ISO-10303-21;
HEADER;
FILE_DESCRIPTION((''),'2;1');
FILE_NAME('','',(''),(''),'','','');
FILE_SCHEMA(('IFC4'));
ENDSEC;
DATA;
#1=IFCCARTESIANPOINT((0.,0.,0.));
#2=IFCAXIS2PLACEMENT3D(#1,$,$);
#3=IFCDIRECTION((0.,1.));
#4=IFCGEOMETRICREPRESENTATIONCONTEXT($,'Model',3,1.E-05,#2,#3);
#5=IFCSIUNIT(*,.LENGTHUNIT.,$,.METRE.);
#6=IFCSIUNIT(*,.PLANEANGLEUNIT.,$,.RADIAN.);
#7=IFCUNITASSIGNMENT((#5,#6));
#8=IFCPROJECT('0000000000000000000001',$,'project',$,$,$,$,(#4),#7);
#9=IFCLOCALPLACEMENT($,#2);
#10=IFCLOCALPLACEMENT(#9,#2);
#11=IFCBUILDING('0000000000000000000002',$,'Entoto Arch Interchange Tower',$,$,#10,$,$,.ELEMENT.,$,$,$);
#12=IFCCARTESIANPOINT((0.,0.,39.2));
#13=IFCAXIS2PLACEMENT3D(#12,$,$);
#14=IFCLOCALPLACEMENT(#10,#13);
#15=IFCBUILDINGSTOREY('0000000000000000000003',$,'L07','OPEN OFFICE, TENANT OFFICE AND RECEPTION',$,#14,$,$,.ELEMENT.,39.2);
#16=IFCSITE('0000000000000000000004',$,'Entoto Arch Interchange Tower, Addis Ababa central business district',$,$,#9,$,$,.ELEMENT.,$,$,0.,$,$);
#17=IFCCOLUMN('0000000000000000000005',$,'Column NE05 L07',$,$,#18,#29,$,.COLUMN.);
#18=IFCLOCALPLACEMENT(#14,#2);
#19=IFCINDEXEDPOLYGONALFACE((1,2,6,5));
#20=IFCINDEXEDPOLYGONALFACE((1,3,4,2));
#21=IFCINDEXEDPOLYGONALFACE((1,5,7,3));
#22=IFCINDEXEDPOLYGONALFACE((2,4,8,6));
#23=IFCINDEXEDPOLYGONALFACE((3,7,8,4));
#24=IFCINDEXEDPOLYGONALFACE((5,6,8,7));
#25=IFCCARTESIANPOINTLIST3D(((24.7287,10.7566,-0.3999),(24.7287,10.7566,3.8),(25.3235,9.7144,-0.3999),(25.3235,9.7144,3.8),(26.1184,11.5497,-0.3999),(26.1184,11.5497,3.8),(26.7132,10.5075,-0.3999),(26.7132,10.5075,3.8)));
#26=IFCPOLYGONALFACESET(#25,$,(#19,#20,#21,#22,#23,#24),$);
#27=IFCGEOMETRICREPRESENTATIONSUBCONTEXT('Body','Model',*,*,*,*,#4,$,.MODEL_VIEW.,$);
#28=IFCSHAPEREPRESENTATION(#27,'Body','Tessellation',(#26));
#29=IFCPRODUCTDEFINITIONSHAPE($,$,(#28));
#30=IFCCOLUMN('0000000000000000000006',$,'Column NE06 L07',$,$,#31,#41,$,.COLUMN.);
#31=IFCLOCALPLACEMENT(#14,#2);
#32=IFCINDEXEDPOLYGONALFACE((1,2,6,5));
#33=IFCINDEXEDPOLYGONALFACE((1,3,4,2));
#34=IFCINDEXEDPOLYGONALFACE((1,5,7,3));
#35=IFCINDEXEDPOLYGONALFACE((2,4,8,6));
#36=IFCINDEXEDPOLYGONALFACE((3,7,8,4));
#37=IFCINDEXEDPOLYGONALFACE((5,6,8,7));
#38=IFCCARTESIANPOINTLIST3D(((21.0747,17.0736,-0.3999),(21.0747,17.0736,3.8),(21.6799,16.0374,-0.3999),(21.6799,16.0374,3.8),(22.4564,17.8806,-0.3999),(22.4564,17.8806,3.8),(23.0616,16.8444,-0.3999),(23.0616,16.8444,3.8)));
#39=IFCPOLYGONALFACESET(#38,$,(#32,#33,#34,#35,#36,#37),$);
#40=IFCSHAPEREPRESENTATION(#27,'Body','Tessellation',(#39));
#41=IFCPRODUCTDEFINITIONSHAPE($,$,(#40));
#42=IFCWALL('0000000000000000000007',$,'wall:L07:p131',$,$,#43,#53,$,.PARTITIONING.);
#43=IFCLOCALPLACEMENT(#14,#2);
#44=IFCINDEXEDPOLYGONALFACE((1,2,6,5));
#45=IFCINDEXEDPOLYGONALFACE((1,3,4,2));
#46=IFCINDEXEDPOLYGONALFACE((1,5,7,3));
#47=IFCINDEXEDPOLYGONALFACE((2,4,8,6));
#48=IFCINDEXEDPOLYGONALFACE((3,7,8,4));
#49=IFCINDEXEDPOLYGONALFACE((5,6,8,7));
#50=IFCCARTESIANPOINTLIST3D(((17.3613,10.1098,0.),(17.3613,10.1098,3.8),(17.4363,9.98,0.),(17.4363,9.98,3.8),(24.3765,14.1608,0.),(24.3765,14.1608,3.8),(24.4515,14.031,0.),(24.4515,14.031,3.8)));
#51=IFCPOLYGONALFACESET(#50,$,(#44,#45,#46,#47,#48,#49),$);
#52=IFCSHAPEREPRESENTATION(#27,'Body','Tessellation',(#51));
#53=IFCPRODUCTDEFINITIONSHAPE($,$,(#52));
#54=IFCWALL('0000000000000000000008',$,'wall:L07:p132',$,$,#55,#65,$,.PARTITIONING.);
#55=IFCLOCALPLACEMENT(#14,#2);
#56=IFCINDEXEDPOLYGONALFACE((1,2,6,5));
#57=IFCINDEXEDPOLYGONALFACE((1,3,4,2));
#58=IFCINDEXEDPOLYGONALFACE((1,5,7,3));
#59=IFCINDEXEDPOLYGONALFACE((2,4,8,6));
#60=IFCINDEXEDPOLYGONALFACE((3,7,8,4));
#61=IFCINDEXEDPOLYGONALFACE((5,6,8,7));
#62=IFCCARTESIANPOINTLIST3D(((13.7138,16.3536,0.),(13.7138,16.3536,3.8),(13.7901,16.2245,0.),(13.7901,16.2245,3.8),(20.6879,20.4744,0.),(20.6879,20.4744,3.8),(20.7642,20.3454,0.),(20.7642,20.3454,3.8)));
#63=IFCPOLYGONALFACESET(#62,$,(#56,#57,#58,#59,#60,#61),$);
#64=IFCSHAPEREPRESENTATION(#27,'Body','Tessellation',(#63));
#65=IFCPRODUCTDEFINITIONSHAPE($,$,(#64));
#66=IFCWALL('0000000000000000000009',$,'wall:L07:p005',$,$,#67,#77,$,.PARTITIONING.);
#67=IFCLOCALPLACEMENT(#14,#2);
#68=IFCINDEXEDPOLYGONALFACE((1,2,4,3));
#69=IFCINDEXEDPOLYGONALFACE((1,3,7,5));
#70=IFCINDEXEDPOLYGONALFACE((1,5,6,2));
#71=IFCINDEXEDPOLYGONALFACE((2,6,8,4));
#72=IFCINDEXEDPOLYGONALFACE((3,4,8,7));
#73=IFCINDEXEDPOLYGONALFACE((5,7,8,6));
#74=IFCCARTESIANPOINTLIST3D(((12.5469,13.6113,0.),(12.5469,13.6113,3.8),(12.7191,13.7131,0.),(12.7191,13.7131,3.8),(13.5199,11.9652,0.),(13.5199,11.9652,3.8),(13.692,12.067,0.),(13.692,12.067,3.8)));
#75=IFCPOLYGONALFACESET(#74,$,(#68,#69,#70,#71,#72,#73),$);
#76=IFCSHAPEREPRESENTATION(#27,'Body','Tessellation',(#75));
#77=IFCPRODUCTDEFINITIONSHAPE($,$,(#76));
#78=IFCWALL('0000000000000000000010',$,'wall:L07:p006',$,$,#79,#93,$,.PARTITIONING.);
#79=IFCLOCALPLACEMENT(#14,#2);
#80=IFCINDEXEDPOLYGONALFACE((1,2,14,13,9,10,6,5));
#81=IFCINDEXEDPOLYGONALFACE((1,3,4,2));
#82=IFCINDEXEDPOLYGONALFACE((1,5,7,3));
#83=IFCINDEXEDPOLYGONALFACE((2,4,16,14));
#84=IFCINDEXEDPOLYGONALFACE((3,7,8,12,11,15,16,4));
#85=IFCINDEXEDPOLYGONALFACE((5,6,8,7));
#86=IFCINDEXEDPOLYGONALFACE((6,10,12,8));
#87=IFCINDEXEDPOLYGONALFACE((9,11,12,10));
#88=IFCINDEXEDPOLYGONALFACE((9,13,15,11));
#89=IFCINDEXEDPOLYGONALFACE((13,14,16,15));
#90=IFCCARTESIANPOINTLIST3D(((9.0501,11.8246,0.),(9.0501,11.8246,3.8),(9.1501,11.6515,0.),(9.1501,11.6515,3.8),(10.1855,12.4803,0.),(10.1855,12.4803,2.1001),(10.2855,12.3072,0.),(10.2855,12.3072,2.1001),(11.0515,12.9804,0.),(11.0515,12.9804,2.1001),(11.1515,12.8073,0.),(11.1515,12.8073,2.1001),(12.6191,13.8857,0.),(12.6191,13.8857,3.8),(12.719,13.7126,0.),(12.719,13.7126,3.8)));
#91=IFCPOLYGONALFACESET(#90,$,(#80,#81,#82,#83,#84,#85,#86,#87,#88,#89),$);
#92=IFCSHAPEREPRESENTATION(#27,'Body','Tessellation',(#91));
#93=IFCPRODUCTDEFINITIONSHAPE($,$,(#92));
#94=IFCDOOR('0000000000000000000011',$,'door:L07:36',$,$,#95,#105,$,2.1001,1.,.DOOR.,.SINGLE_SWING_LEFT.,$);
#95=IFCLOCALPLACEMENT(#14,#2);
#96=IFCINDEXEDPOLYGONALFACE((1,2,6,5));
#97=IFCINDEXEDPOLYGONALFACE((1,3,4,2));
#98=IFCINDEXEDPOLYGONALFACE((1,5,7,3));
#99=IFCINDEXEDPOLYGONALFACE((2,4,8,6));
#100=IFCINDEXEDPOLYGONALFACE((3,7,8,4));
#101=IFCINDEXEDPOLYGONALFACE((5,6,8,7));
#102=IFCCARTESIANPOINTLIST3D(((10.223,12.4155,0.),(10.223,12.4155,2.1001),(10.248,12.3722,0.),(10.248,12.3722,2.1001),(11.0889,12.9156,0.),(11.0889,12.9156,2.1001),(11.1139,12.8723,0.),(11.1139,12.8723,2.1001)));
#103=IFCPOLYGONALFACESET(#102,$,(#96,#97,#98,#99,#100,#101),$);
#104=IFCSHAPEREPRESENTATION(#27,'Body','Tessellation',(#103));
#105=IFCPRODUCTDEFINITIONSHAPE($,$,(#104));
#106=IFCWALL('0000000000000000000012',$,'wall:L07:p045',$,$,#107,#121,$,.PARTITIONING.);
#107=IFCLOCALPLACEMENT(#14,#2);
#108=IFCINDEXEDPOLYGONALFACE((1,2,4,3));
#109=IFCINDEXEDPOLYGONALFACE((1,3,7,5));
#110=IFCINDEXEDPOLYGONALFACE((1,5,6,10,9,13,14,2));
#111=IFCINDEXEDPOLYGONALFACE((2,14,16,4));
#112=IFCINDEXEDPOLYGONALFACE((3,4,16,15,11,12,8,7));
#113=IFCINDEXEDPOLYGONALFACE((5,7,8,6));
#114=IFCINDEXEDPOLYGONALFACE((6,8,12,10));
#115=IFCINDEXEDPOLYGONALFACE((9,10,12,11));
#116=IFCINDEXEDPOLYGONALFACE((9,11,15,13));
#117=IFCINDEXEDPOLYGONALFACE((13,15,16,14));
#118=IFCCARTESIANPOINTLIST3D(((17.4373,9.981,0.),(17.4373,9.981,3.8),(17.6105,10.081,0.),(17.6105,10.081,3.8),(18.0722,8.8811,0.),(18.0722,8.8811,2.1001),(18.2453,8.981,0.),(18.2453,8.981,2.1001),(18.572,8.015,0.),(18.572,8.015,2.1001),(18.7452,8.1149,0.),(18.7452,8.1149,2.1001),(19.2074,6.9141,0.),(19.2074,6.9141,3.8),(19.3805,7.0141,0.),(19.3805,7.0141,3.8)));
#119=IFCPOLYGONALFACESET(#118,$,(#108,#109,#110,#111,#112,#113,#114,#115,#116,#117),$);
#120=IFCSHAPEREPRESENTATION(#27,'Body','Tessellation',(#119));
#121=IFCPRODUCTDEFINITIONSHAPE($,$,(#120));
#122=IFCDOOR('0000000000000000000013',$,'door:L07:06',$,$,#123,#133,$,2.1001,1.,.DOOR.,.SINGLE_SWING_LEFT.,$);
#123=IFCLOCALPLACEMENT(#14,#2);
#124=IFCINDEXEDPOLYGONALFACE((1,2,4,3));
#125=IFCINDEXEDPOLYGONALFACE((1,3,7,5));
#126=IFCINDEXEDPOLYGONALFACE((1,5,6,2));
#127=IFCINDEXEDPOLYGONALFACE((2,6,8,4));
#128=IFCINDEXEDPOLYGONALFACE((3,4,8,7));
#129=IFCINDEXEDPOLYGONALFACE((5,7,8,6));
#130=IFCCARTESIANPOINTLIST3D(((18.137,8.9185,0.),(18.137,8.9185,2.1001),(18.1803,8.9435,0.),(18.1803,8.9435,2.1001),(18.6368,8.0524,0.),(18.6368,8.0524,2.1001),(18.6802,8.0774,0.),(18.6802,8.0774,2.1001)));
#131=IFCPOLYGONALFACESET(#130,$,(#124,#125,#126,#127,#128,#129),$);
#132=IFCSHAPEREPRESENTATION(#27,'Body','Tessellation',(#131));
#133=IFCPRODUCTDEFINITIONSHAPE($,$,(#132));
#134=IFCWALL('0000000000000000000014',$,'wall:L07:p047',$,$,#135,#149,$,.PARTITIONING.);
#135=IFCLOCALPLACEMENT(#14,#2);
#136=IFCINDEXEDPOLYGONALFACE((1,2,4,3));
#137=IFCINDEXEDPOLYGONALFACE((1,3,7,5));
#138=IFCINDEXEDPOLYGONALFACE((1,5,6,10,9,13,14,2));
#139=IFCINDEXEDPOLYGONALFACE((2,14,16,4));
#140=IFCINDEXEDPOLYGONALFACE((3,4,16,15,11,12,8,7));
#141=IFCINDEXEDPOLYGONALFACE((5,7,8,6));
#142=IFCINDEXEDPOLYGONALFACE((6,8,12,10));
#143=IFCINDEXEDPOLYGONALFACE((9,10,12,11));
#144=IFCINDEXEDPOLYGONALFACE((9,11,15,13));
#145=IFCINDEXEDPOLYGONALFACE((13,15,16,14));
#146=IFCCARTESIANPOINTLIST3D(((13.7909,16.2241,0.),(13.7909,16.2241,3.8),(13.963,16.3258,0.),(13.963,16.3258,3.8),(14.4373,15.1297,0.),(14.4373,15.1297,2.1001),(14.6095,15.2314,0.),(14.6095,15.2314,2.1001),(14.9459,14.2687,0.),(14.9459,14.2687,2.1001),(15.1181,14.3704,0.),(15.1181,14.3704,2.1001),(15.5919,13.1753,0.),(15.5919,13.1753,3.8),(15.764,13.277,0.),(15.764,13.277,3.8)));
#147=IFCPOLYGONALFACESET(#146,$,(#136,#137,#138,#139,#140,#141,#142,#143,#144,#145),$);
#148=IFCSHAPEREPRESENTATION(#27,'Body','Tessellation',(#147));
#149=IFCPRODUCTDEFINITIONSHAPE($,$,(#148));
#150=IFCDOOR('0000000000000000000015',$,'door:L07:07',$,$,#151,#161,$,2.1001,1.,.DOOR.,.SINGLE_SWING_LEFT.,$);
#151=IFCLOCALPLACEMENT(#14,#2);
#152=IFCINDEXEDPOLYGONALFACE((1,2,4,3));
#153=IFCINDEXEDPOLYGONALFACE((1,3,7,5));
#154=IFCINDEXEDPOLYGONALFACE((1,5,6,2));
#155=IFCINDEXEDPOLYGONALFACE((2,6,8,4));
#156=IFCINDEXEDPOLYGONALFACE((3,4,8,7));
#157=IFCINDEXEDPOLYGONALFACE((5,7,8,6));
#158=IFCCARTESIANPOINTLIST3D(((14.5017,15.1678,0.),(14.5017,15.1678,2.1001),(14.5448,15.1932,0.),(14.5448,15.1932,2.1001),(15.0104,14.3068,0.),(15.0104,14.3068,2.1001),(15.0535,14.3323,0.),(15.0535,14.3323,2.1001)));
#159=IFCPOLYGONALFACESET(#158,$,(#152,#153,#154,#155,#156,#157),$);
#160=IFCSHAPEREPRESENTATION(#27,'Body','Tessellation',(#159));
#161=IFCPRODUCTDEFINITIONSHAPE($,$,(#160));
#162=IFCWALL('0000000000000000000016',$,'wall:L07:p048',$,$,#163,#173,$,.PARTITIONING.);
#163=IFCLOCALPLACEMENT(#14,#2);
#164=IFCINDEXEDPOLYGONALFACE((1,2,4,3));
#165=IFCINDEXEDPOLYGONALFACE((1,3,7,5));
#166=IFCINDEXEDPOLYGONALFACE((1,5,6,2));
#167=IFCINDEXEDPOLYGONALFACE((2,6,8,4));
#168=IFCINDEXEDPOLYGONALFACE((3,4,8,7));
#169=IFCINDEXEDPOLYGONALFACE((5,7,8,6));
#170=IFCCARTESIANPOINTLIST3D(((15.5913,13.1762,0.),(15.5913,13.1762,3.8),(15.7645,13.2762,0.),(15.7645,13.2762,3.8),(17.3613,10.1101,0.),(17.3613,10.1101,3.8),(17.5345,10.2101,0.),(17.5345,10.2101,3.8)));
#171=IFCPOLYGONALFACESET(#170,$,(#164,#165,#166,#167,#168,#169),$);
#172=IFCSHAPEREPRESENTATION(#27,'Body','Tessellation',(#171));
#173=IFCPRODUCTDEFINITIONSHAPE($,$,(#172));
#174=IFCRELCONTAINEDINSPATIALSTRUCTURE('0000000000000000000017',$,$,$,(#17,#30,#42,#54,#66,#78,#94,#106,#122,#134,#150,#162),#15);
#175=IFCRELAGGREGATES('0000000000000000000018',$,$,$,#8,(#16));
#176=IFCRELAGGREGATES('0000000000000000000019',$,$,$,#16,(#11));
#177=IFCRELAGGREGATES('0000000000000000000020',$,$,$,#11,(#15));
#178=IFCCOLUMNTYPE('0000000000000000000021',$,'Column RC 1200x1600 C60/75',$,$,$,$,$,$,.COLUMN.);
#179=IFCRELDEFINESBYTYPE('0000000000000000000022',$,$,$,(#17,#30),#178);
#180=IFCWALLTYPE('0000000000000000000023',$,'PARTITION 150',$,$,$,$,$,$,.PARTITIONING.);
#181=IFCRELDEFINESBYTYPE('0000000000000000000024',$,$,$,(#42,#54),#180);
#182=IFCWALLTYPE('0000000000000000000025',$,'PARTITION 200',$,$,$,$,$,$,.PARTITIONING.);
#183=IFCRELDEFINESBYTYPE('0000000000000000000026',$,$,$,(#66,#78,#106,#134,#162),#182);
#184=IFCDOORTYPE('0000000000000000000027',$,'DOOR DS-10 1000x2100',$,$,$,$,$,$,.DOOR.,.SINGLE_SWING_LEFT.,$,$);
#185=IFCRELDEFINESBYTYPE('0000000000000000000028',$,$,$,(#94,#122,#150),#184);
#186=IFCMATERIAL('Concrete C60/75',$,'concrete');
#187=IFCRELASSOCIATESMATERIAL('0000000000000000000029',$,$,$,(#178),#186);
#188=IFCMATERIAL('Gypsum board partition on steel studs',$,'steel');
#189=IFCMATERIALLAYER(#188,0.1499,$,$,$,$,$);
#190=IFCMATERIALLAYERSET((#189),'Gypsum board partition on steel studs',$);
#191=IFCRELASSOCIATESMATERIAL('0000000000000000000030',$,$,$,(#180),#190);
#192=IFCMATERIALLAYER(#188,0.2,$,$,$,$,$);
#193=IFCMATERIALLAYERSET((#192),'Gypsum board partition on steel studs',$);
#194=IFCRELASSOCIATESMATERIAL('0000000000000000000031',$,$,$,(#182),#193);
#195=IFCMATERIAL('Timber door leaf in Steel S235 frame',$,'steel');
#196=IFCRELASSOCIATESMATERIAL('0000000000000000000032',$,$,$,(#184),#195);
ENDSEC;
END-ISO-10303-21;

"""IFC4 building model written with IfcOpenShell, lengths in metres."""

from ifc_helpers import new_model, si_unit, direction, frame, frame_2d, origin, origin_2d, place, context, subcontext, project, spatial, rectangle, extrude, material, layer, layer_set, material_profile, profile_set, type_object, element, fill, save


model = new_model("IFC4")

# Units and contexts
model_context = context("Model", 3, precision=1e-05, world=origin(), true_north=direction((0.0, 1.0)))
body_context = subcontext(model_context, "Body", "Model", "MODEL_VIEW")
ifc_project = project(units=[si_unit("LENGTHUNIT", "METRE"), si_unit("PLANEANGLEUNIT", "RADIAN")], contexts=[model_context])

# Site, building, storey
site_placement = place(None, origin())
site = spatial("IfcSite", under=ifc_project, at=site_placement, Name="Entoto Arch Interchange Tower, Addis Ababa central business district", CompositionType="ELEMENT", RefElevation=0.0)
building_placement = place(site_placement, origin())
building = spatial("IfcBuilding", under=site, at=building_placement, Name="Entoto Arch Interchange Tower", CompositionType="ELEMENT")
storey_placement = place(building_placement, frame((0.0, 0.0, 39.2)))
storey = spatial("IfcBuildingStorey", under=building, at=storey_placement, Name="L07", Description="OPEN OFFICE, TENANT OFFICE AND RECEPTION", CompositionType="ELEMENT", Elevation=39.2)

# Columns
ifc_material_1 = material(Name="Concrete C60/75", Category="concrete")
ifc_material_profile = material_profile(ifc_material_1, rectangle(XDim=1.2, YDim=1.6001, at=origin_2d()))
ifc_profile_set = profile_set([ifc_material_profile], Name="Concrete C60/75")
column_type = type_object("IfcColumnType", Name="Column RC 1200x1600 C60/75", PredefinedType="COLUMN", material=ifc_profile_set)
for number, where, z_axis, x_axis, name in (
    (1, (25.7209, 10.6321, -0.3999), (0.0, 0.0, 1.0), (-0.495656, 0.868519, 0.0), "Column NE05 L07"),
    (2, (22.0681, 16.959, -0.3999), (0.0, 0.0, 1.0), (-0.504332, 0.86351, 0.0), "Column NE06 L07"),
):
    element("IfcColumn", number, at=place(storey_placement, frame(where, z_axis=z_axis, x_axis=x_axis)), inside=storey, type_object=column_type, Name=name, PredefinedType="COLUMN", context=body_context, shape_type="SweptSolid", body=[
        extrude(rectangle(XDim=1.2, YDim=1.6001, at=origin_2d()), origin(), (0.0, 0.0, 1.0), 4.2),
    ])

# Walls
ifc_material_2 = material(Name="Gypsum board partition on steel studs", Category="steel")
ifc_layer_1 = layer(ifc_material_2, 0.1499)
ifc_layer_set_1 = layer_set([ifc_layer_1], Name="Gypsum board partition on steel studs")
wall_type_1 = type_object("IfcWallType", Name="PARTITION 150", PredefinedType="PARTITIONING", material=ifc_layer_set_1)
wall_1_placement = place(storey_placement, frame((17.3989, 10.0449, 0.0), z_axis=(0.0, 0.0, 1.0), x_axis=(0.865981, 0.500077, 0.0)))
element("IfcWall", 3, at=wall_1_placement, inside=storey, type_object=wall_type_1, Name="wall:L07:p131", PredefinedType="PARTITIONING", context=body_context, shape_type="SweptSolid", body=[
    extrude(rectangle(XDim=8.1008, YDim=0.1499, at=frame_2d((4.0503, 0.0))), origin(), (0.0, 0.0, 1.0), 3.8),
])
wall_2_placement = place(storey_placement, frame((13.752, 16.2891, 0.0), z_axis=(0.0, 0.0, 1.0), x_axis=(0.860939, 0.508709, 0.0)))
element("IfcWall", 4, at=wall_2_placement, inside=storey, type_object=wall_type_1, Name="wall:L07:p132", PredefinedType="PARTITIONING", context=body_context, shape_type="SweptSolid", body=[
    extrude(rectangle(XDim=8.1006, YDim=0.1499, at=frame_2d((4.0503, 0.0))), origin(), (0.0, 0.0, 1.0), 3.8),
])
ifc_layer_2 = layer(ifc_material_2, 0.2)
ifc_layer_set_2 = layer_set([ifc_layer_2], Name="Gypsum board partition on steel studs")
wall_type_2 = type_object("IfcWallType", Name="PARTITION 200", PredefinedType="PARTITIONING", material=ifc_layer_set_2)
wall_3_placement = place(storey_placement, frame((13.606, 12.0161, 0.0), z_axis=(0.0, 0.0, 1.0), x_axis=(-0.508833, 0.860866, 0.0)))
element("IfcWall", 5, at=wall_3_placement, inside=storey, type_object=wall_type_2, Name="wall:L07:p005", PredefinedType="PARTITIONING", context=body_context, shape_type="SweptSolid", body=[
    extrude(rectangle(XDim=1.9121, YDim=0.2, at=frame_2d((0.9561, 0.0))), origin(), (0.0, 0.0, 1.0), 3.8),
])

# Walls, openings, doors
wall_4_placement = place(storey_placement, frame((12.6689, 13.7991, 0.0), z_axis=(0.0, 0.0, 1.0), x_axis=(-0.865967, -0.500102, 0.0)))
wall_4 = element("IfcWall", 6, at=wall_4_placement, inside=storey, type_object=wall_type_2, Name="wall:L07:p006", PredefinedType="PARTITIONING", context=body_context, shape_type="SweptSolid", body=[
    extrude(rectangle(XDim=4.1213, YDim=0.2, at=frame_2d((2.0605, 0.0))), origin(), (0.0, 0.0, 1.0), 3.8),
])
opening_1_placement = place(wall_4_placement, frame((1.8101, 0.0, 0.0)))
opening_1 = element("IfcOpeningElement", 7, at=opening_1_placement, cuts=wall_4, PredefinedType="OPENING", context=body_context, shape_type="SweptSolid", body=[
    extrude(rectangle(XDim=1.0, YDim=2.1001, at=frame_2d((0.5, 1.05))), frame((0.0, 0.1099, 0.0), z_axis=(0.0, -1.0, 0.0), x_axis=(1.0, 0.0, 0.0)), (0.0, 0.0, 1.0), 0.22),
])
ifc_material_3 = material(Name="Timber door leaf in Steel S235 frame", Category="steel")
door_type = type_object("IfcDoorType", Name="DOOR DS-10 1000x2100", OperationType="SINGLE_SWING_LEFT", PredefinedType="DOOR", material=ifc_material_3)
door_1_placement = place(opening_1_placement, origin())
door_1 = element("IfcDoor", 8, at=door_1_placement, inside=storey, type_object=door_type, Name="door:L07:36", OperationType="SINGLE_SWING_LEFT", OverallHeight=2.1001, OverallWidth=1.0, PredefinedType="DOOR", context=body_context, shape_type="SweptSolid", body=[
    extrude(rectangle(XDim=1.0, YDim=2.1001, at=frame_2d((0.5, 1.05))), frame((0.0, 0.0249, 0.0), z_axis=(0.0, -1.0, 0.0), x_axis=(1.0, 0.0, 0.0)), (0.0, 0.0, 1.0), 0.05),
])
fill(opening_1, door_1)
wall_5_placement = place(storey_placement, frame((17.5239, 10.031, 0.0), z_axis=(0.0, 0.0, 1.0), x_axis=(0.499862, -0.866105, 0.0)))
wall_5 = element("IfcWall", 9, at=wall_5_placement, inside=storey, type_object=wall_type_2, Name="wall:L07:p045", PredefinedType="PARTITIONING", context=body_context, shape_type="SweptSolid", body=[
    extrude(rectangle(XDim=3.541, YDim=0.2, at=frame_2d((1.7705, 0.0))), origin(), (0.0, 0.0, 1.0), 3.8),
])
opening_2_placement = place(wall_5_placement, frame((1.27, 0.0, 0.0)))
opening_2 = element("IfcOpeningElement", 10, at=opening_2_placement, cuts=wall_5, PredefinedType="OPENING", context=body_context, shape_type="SweptSolid", body=[
    extrude(rectangle(XDim=1.0, YDim=2.1001, at=frame_2d((0.5, 1.05))), frame((0.0, 0.1099, 0.0), z_axis=(0.0, -1.0, 0.0), x_axis=(1.0, 0.0, 0.0)), (0.0, 0.0, 1.0), 0.22),
])
door_2_placement = place(opening_2_placement, origin())
door_2 = element("IfcDoor", 11, at=door_2_placement, inside=storey, type_object=door_type, Name="door:L07:06", OperationType="SINGLE_SWING_LEFT", OverallHeight=2.1001, OverallWidth=1.0, PredefinedType="DOOR", context=body_context, shape_type="SweptSolid", body=[
    extrude(rectangle(XDim=1.0, YDim=2.1001, at=frame_2d((0.5, 1.05))), frame((0.0, 0.0249, 0.0), z_axis=(0.0, -1.0, 0.0), x_axis=(1.0, 0.0, 0.0)), (0.0, 0.0, 1.0), 0.05),
])
fill(opening_2, door_2)
wall_6_placement = place(storey_placement, frame((13.877, 16.2749, 0.0), z_axis=(0.0, 0.0, 1.0), x_axis=(0.508613, -0.860995, 0.0)))
wall_6 = element("IfcWall", 12, at=wall_6_placement, inside=storey, type_object=wall_type_2, Name="wall:L07:p047", PredefinedType="PARTITIONING", context=body_context, shape_type="SweptSolid", body=[
    extrude(rectangle(XDim=3.541, YDim=0.2, at=frame_2d((1.7705, 0.0))), origin(), (0.0, 0.0, 1.0), 3.8),
])
opening_3_placement = place(wall_6_placement, frame((1.271, 0.0, 0.0)))
opening_3 = element("IfcOpeningElement", 13, at=opening_3_placement, cuts=wall_6, PredefinedType="OPENING", context=body_context, shape_type="SweptSolid", body=[
    extrude(rectangle(XDim=1.0, YDim=2.1001, at=frame_2d((0.5, 1.05))), frame((0.0, 0.1099, 0.0), z_axis=(0.0, -1.0, 0.0), x_axis=(1.0, 0.0, 0.0)), (0.0, 0.0, 1.0), 0.22),
])
door_3_placement = place(opening_3_placement, origin())
door_3 = element("IfcDoor", 14, at=door_3_placement, inside=storey, type_object=door_type, Name="door:L07:07", OperationType="SINGLE_SWING_LEFT", OverallHeight=2.1001, OverallWidth=1.0, PredefinedType="DOOR", context=body_context, shape_type="SweptSolid", body=[
    extrude(rectangle(XDim=1.0, YDim=2.1001, at=frame_2d((0.5, 1.05))), frame((0.0, 0.0249, 0.0), z_axis=(0.0, -1.0, 0.0), x_axis=(1.0, 0.0, 0.0)), (0.0, 0.0, 1.0), 0.05),
])
fill(opening_3, door_3)

# Wall
wall_7_placement = place(storey_placement, frame((15.678, 13.2261, 0.0), z_axis=(0.0, 0.0, 1.0), x_axis=(0.499951, -0.866054, 0.0)))
element("IfcWall", 15, at=wall_7_placement, inside=storey, type_object=wall_type_2, Name="wall:L07:p048", PredefinedType="PARTITIONING", context=body_context, shape_type="SweptSolid", body=[
    extrude(rectangle(XDim=3.5403, YDim=0.2, at=frame_2d((1.77, 0.0))), origin(), (0.0, 0.0, 1.0), 3.8),
])

save(model, "model.ifc")
